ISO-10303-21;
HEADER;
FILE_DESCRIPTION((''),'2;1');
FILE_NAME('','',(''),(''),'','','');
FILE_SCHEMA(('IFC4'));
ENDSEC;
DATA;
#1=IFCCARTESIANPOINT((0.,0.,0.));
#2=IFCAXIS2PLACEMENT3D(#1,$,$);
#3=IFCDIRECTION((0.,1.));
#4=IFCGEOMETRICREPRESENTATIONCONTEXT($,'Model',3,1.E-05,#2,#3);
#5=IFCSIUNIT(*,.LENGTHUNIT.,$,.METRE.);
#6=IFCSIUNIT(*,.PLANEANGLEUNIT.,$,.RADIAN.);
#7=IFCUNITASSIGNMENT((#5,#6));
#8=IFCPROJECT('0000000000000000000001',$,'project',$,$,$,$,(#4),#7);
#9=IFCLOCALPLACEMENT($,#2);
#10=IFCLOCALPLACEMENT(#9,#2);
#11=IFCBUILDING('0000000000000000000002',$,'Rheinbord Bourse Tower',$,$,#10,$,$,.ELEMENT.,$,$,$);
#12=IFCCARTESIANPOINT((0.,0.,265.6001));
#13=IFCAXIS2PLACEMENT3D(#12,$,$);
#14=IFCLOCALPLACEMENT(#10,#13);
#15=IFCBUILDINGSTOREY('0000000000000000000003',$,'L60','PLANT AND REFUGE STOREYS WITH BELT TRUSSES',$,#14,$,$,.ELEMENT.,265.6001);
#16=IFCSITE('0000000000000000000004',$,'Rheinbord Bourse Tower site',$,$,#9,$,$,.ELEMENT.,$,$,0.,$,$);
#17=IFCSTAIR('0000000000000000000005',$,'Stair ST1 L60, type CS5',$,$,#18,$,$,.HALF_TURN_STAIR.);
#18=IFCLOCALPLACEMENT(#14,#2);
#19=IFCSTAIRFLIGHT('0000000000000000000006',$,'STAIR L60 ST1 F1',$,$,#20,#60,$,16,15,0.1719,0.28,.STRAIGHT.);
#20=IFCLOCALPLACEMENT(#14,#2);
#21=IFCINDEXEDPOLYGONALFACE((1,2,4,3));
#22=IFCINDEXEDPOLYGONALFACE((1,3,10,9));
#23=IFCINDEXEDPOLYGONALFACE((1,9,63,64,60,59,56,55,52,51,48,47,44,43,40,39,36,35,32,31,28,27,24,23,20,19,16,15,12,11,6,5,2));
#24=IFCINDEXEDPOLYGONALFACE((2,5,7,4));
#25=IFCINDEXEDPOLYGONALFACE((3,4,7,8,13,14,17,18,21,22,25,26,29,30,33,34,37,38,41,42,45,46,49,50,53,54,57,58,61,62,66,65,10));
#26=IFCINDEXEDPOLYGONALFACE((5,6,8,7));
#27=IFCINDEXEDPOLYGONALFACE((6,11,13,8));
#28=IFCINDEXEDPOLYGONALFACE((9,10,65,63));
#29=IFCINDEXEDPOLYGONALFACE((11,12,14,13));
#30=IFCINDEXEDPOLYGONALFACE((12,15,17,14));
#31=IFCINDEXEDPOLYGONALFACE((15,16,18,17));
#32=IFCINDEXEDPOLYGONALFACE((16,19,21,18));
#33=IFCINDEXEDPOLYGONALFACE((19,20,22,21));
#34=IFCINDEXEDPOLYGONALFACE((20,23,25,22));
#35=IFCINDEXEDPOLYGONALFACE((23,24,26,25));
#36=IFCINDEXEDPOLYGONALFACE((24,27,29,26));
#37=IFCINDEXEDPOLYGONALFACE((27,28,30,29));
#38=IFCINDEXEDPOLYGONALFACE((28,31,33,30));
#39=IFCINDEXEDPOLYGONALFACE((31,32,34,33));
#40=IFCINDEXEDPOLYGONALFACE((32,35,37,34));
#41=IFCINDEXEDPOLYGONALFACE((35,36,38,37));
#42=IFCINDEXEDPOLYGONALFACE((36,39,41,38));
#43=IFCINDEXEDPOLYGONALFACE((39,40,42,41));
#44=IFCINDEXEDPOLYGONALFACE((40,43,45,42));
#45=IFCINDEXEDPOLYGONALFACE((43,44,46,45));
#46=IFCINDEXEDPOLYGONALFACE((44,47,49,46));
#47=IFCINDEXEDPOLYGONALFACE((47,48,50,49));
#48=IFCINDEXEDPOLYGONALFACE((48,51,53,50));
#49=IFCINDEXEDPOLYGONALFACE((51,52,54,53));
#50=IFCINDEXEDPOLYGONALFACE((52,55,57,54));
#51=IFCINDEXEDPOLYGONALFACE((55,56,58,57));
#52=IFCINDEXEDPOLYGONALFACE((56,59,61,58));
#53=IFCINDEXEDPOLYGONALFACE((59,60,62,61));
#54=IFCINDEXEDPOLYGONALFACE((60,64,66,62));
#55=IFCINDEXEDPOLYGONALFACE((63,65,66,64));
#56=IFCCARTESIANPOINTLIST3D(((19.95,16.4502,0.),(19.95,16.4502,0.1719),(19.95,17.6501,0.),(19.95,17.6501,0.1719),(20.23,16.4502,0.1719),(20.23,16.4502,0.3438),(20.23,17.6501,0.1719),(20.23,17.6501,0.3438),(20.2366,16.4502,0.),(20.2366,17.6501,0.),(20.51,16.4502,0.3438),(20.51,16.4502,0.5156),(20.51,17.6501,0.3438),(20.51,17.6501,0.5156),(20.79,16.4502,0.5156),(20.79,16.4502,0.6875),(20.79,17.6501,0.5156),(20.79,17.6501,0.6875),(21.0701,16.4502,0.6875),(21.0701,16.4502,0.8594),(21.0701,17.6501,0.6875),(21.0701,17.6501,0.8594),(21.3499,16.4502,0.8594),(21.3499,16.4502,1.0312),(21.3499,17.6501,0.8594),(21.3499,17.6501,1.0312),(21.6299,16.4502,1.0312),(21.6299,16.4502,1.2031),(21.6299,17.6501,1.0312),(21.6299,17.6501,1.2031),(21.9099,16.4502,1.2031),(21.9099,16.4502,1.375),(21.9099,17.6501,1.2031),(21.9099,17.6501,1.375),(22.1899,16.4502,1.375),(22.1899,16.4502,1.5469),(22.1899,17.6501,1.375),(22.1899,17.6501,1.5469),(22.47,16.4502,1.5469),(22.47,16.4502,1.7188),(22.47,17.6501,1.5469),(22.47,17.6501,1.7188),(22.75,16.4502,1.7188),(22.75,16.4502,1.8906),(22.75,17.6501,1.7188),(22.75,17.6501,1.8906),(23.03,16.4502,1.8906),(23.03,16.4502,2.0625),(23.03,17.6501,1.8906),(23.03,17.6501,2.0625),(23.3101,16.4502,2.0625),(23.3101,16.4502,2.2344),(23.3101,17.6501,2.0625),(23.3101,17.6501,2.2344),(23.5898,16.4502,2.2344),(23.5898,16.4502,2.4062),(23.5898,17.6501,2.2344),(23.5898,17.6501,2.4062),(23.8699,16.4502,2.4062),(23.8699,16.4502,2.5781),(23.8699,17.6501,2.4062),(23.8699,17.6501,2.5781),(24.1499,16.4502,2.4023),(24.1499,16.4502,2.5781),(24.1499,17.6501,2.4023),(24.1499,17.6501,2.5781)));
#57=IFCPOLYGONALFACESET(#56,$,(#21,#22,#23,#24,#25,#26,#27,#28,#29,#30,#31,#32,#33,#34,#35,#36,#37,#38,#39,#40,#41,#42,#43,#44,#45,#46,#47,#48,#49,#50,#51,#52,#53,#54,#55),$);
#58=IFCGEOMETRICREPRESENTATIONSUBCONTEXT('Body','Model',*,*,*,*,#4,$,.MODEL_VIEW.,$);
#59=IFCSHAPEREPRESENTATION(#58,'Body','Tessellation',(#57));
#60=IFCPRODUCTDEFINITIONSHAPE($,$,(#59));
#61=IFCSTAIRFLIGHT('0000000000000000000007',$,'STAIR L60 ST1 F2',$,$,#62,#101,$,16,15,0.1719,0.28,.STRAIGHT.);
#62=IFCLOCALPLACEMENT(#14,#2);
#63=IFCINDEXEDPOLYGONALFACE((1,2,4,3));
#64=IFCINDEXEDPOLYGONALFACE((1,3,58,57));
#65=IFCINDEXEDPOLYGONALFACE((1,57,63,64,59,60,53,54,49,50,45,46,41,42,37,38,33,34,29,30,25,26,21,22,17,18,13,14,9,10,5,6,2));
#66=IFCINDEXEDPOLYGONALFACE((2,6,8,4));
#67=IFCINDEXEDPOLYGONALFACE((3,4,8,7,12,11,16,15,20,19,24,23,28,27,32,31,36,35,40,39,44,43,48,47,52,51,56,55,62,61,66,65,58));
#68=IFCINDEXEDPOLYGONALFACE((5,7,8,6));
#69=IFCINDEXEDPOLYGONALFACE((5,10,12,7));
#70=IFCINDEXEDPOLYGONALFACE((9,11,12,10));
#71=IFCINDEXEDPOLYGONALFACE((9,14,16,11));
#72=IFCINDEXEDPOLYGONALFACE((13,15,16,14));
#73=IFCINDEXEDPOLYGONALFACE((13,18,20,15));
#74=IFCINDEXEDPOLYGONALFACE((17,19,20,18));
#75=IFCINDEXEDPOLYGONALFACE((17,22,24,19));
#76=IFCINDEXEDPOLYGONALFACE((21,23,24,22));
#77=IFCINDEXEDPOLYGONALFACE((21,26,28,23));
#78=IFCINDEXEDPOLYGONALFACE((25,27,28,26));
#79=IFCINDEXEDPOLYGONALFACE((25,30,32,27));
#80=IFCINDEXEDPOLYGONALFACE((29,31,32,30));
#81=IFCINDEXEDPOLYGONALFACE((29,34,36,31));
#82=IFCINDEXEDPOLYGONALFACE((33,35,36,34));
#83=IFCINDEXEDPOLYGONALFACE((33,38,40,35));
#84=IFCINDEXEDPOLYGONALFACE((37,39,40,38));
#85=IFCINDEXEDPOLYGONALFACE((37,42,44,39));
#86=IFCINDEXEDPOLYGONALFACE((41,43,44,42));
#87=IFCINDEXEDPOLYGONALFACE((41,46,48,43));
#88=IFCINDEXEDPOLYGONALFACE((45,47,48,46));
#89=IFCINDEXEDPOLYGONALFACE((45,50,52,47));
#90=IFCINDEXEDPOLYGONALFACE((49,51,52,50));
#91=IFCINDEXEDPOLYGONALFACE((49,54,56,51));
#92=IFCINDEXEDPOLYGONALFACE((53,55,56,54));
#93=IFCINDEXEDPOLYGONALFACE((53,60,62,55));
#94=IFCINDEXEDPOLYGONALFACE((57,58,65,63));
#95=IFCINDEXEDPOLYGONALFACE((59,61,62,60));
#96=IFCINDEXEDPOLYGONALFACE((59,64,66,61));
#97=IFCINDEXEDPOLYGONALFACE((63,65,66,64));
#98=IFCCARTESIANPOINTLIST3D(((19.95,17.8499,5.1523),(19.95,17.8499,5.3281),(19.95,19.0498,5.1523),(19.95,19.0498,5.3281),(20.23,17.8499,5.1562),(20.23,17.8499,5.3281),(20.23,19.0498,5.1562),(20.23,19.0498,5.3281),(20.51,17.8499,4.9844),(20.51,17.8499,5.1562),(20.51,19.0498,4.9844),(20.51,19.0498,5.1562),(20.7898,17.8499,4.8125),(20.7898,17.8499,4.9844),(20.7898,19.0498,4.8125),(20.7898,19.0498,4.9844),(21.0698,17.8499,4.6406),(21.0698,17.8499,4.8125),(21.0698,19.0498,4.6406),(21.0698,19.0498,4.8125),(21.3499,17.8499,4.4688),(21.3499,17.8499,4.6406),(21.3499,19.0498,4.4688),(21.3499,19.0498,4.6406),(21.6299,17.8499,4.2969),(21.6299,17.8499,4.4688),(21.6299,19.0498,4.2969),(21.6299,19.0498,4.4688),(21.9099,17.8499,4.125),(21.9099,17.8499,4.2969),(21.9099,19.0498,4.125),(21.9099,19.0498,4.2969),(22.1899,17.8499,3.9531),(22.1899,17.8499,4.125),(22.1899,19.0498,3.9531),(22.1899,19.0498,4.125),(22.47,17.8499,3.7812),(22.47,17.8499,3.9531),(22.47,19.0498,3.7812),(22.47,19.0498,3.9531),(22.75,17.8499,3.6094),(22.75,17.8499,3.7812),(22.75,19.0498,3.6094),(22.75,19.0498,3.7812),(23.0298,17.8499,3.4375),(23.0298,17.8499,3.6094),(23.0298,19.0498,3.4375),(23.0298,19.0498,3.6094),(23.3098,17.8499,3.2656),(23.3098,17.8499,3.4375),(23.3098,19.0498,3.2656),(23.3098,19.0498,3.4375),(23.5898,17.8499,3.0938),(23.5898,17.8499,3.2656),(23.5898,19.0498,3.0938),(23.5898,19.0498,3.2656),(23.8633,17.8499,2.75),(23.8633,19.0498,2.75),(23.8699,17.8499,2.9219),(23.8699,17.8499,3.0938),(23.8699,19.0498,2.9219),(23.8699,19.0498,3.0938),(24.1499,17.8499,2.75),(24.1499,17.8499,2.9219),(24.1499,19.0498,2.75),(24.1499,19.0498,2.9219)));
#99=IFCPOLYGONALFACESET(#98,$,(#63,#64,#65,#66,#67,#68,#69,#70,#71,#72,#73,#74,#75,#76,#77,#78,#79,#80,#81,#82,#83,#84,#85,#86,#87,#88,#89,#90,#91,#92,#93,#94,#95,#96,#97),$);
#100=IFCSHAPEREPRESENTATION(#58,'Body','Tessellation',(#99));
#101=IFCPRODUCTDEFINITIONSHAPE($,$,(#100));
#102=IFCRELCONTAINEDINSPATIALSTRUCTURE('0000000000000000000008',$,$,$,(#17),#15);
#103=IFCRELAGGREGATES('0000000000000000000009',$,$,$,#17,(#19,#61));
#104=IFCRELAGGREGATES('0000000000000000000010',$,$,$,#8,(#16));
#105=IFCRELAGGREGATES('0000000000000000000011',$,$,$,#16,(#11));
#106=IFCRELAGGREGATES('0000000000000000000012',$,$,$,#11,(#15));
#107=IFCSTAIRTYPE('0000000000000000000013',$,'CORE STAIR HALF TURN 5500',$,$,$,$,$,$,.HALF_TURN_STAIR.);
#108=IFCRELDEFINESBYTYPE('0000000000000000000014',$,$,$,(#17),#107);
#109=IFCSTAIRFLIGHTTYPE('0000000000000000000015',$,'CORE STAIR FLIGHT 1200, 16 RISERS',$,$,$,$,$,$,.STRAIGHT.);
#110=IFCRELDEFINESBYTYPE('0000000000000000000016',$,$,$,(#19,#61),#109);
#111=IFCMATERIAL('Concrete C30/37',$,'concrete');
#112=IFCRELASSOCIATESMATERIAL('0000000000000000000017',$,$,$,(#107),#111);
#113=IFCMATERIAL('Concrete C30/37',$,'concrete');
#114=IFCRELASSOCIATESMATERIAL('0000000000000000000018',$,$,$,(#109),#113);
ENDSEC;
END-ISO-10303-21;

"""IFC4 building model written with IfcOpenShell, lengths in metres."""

from ifc_helpers import new_model, si_unit, direction, frame, origin, place, context, subcontext, project, spatial, polyline, outline, extrude, material, type_object, element, aggregate, save


model = new_model("IFC4")

# Units and contexts
model_context = context("Model", 3, precision=1e-05, world=origin(), true_north=direction((0.0, 1.0)))
body_context = subcontext(model_context, "Body", "Model", "MODEL_VIEW")
ifc_project = project(units=[si_unit("LENGTHUNIT", "METRE"), si_unit("PLANEANGLEUNIT", "RADIAN")], contexts=[model_context])

# Site, building, storey
site_placement = place(None, origin())
site = spatial("IfcSite", under=ifc_project, at=site_placement, Name="Rheinbord Bourse Tower site", CompositionType="ELEMENT", RefElevation=0.0)
building_placement = place(site_placement, origin())
building = spatial("IfcBuilding", under=site, at=building_placement, Name="Rheinbord Bourse Tower", CompositionType="ELEMENT")
storey_placement = place(building_placement, frame((0.0, 0.0, 265.6001)))
storey = spatial("IfcBuildingStorey", under=building, at=storey_placement, Name="L60", Description="PLANT AND REFUGE STOREYS WITH BELT TRUSSES", CompositionType="ELEMENT", Elevation=265.6001)

# Stair, stair flights
ifc_material_1 = material(Name="Concrete C30/37", Category="concrete")
stair_type = type_object("IfcStairType", Name="CORE STAIR HALF TURN 5500", PredefinedType="HALF_TURN_STAIR", material=ifc_material_1)
stair_placement = place(storey_placement, origin())
stair = element("IfcStair", 1, at=stair_placement, inside=storey, type_object=stair_type, Name="Stair ST1 L60, type CS5", PredefinedType="HALF_TURN_STAIR")
ifc_material_2 = material(Name="Concrete C30/37", Category="concrete")
stair_flight_type = type_object("IfcStairFlightType", Name="CORE STAIR FLIGHT 1200, 16 RISERS", PredefinedType="STRAIGHT", material=ifc_material_2)
stair_flight_1_placement = place(storey_placement, frame((19.95, 17.05, 0.0), z_axis=(0.0, 0.0, 1.0), x_axis=(1.0, 0.0, 0.0)))
stair_flight_1 = element("IfcStairFlight", 2, at=stair_flight_1_placement, type_object=stair_flight_type, Name="STAIR L60 ST1 F1", NumberOfRisers=16, NumberOfTreads=15, PredefinedType="STRAIGHT", RiserHeight=0.1719, TreadLength=0.28, context=body_context, shape_type="SweptSolid", body=[
    extrude(outline(polyline([(0.0, 0.0), (0.0, 0.1719), (0.28, 0.1719), (0.28, 0.3438), (0.5601, 0.3438), (0.5601, 0.5156), (0.8401, 0.5156), (0.8401, 0.6875), (1.1201, 0.6875), (1.1201, 0.8594), (1.3999, 0.8594), (1.3999, 1.0312), (1.6799, 1.0312), (1.6799, 1.2031), (1.96, 1.2031), (1.96, 1.375), (2.24, 1.375), (2.24, 1.5469), (2.52, 1.5469), (2.52, 1.7188), (2.8, 1.7188), (2.8, 1.8906), (3.0801, 1.8906), (3.0801, 2.0625), (3.3601, 2.0625), (3.3601, 2.2344), (3.6399, 2.2344), (3.6399, 2.4062), (3.9199, 2.4062), (3.9199, 2.5781), (4.2, 2.5781), (4.2, 2.75), (4.2, 2.4023), (0.2866, 0.0), (0.0, 0.0)])), frame((0.0, 0.6001, 0.0), z_axis=(0.0, -1.0, 0.0), x_axis=(1.0, 0.0, 0.0)), (0.0, 0.0, 1.0), 1.2),
])
stair_flight_2_placement = place(storey_placement, frame((24.1499, 18.45, 2.75), z_axis=(0.0, 0.0, 1.0), x_axis=(-1.0, 0.0, 0.0)))
stair_flight_2 = element("IfcStairFlight", 3, at=stair_flight_2_placement, type_object=stair_flight_type, Name="STAIR L60 ST1 F2", NumberOfRisers=16, NumberOfTreads=15, PredefinedType="STRAIGHT", RiserHeight=0.1719, TreadLength=0.28, context=body_context, shape_type="SweptSolid", body=[
    extrude(outline(polyline([(0.0, 0.0), (0.0, 0.1719), (0.28, 0.1719), (0.28, 0.3438), (0.5601, 0.3438), (0.5601, 0.5156), (0.8401, 0.5156), (0.8401, 0.6875), (1.1201, 0.6875), (1.1201, 0.8594), (1.3999, 0.8594), (1.3999, 1.0312), (1.6799, 1.0312), (1.6799, 1.2031), (1.96, 1.2031), (1.96, 1.375), (2.24, 1.375), (2.24, 1.5469), (2.52, 1.5469), (2.52, 1.7188), (2.8, 1.7188), (2.8, 1.8906), (3.0801, 1.8906), (3.0801, 2.0625), (3.3601, 2.0625), (3.3601, 2.2344), (3.6399, 2.2344), (3.6399, 2.4062), (3.9199, 2.4062), (3.9199, 2.5781), (4.2, 2.5781), (4.2, 2.75), (4.2, 2.4023), (0.2866, 0.0), (0.0, 0.0)])), frame((0.0, 0.6001, 0.0), z_axis=(0.0, -1.0, 0.0), x_axis=(1.0, 0.0, 0.0)), (0.0, 0.0, 1.0), 1.2),
])
aggregate(stair, [stair_flight_1, stair_flight_2])

save(model, "model.ifc")
